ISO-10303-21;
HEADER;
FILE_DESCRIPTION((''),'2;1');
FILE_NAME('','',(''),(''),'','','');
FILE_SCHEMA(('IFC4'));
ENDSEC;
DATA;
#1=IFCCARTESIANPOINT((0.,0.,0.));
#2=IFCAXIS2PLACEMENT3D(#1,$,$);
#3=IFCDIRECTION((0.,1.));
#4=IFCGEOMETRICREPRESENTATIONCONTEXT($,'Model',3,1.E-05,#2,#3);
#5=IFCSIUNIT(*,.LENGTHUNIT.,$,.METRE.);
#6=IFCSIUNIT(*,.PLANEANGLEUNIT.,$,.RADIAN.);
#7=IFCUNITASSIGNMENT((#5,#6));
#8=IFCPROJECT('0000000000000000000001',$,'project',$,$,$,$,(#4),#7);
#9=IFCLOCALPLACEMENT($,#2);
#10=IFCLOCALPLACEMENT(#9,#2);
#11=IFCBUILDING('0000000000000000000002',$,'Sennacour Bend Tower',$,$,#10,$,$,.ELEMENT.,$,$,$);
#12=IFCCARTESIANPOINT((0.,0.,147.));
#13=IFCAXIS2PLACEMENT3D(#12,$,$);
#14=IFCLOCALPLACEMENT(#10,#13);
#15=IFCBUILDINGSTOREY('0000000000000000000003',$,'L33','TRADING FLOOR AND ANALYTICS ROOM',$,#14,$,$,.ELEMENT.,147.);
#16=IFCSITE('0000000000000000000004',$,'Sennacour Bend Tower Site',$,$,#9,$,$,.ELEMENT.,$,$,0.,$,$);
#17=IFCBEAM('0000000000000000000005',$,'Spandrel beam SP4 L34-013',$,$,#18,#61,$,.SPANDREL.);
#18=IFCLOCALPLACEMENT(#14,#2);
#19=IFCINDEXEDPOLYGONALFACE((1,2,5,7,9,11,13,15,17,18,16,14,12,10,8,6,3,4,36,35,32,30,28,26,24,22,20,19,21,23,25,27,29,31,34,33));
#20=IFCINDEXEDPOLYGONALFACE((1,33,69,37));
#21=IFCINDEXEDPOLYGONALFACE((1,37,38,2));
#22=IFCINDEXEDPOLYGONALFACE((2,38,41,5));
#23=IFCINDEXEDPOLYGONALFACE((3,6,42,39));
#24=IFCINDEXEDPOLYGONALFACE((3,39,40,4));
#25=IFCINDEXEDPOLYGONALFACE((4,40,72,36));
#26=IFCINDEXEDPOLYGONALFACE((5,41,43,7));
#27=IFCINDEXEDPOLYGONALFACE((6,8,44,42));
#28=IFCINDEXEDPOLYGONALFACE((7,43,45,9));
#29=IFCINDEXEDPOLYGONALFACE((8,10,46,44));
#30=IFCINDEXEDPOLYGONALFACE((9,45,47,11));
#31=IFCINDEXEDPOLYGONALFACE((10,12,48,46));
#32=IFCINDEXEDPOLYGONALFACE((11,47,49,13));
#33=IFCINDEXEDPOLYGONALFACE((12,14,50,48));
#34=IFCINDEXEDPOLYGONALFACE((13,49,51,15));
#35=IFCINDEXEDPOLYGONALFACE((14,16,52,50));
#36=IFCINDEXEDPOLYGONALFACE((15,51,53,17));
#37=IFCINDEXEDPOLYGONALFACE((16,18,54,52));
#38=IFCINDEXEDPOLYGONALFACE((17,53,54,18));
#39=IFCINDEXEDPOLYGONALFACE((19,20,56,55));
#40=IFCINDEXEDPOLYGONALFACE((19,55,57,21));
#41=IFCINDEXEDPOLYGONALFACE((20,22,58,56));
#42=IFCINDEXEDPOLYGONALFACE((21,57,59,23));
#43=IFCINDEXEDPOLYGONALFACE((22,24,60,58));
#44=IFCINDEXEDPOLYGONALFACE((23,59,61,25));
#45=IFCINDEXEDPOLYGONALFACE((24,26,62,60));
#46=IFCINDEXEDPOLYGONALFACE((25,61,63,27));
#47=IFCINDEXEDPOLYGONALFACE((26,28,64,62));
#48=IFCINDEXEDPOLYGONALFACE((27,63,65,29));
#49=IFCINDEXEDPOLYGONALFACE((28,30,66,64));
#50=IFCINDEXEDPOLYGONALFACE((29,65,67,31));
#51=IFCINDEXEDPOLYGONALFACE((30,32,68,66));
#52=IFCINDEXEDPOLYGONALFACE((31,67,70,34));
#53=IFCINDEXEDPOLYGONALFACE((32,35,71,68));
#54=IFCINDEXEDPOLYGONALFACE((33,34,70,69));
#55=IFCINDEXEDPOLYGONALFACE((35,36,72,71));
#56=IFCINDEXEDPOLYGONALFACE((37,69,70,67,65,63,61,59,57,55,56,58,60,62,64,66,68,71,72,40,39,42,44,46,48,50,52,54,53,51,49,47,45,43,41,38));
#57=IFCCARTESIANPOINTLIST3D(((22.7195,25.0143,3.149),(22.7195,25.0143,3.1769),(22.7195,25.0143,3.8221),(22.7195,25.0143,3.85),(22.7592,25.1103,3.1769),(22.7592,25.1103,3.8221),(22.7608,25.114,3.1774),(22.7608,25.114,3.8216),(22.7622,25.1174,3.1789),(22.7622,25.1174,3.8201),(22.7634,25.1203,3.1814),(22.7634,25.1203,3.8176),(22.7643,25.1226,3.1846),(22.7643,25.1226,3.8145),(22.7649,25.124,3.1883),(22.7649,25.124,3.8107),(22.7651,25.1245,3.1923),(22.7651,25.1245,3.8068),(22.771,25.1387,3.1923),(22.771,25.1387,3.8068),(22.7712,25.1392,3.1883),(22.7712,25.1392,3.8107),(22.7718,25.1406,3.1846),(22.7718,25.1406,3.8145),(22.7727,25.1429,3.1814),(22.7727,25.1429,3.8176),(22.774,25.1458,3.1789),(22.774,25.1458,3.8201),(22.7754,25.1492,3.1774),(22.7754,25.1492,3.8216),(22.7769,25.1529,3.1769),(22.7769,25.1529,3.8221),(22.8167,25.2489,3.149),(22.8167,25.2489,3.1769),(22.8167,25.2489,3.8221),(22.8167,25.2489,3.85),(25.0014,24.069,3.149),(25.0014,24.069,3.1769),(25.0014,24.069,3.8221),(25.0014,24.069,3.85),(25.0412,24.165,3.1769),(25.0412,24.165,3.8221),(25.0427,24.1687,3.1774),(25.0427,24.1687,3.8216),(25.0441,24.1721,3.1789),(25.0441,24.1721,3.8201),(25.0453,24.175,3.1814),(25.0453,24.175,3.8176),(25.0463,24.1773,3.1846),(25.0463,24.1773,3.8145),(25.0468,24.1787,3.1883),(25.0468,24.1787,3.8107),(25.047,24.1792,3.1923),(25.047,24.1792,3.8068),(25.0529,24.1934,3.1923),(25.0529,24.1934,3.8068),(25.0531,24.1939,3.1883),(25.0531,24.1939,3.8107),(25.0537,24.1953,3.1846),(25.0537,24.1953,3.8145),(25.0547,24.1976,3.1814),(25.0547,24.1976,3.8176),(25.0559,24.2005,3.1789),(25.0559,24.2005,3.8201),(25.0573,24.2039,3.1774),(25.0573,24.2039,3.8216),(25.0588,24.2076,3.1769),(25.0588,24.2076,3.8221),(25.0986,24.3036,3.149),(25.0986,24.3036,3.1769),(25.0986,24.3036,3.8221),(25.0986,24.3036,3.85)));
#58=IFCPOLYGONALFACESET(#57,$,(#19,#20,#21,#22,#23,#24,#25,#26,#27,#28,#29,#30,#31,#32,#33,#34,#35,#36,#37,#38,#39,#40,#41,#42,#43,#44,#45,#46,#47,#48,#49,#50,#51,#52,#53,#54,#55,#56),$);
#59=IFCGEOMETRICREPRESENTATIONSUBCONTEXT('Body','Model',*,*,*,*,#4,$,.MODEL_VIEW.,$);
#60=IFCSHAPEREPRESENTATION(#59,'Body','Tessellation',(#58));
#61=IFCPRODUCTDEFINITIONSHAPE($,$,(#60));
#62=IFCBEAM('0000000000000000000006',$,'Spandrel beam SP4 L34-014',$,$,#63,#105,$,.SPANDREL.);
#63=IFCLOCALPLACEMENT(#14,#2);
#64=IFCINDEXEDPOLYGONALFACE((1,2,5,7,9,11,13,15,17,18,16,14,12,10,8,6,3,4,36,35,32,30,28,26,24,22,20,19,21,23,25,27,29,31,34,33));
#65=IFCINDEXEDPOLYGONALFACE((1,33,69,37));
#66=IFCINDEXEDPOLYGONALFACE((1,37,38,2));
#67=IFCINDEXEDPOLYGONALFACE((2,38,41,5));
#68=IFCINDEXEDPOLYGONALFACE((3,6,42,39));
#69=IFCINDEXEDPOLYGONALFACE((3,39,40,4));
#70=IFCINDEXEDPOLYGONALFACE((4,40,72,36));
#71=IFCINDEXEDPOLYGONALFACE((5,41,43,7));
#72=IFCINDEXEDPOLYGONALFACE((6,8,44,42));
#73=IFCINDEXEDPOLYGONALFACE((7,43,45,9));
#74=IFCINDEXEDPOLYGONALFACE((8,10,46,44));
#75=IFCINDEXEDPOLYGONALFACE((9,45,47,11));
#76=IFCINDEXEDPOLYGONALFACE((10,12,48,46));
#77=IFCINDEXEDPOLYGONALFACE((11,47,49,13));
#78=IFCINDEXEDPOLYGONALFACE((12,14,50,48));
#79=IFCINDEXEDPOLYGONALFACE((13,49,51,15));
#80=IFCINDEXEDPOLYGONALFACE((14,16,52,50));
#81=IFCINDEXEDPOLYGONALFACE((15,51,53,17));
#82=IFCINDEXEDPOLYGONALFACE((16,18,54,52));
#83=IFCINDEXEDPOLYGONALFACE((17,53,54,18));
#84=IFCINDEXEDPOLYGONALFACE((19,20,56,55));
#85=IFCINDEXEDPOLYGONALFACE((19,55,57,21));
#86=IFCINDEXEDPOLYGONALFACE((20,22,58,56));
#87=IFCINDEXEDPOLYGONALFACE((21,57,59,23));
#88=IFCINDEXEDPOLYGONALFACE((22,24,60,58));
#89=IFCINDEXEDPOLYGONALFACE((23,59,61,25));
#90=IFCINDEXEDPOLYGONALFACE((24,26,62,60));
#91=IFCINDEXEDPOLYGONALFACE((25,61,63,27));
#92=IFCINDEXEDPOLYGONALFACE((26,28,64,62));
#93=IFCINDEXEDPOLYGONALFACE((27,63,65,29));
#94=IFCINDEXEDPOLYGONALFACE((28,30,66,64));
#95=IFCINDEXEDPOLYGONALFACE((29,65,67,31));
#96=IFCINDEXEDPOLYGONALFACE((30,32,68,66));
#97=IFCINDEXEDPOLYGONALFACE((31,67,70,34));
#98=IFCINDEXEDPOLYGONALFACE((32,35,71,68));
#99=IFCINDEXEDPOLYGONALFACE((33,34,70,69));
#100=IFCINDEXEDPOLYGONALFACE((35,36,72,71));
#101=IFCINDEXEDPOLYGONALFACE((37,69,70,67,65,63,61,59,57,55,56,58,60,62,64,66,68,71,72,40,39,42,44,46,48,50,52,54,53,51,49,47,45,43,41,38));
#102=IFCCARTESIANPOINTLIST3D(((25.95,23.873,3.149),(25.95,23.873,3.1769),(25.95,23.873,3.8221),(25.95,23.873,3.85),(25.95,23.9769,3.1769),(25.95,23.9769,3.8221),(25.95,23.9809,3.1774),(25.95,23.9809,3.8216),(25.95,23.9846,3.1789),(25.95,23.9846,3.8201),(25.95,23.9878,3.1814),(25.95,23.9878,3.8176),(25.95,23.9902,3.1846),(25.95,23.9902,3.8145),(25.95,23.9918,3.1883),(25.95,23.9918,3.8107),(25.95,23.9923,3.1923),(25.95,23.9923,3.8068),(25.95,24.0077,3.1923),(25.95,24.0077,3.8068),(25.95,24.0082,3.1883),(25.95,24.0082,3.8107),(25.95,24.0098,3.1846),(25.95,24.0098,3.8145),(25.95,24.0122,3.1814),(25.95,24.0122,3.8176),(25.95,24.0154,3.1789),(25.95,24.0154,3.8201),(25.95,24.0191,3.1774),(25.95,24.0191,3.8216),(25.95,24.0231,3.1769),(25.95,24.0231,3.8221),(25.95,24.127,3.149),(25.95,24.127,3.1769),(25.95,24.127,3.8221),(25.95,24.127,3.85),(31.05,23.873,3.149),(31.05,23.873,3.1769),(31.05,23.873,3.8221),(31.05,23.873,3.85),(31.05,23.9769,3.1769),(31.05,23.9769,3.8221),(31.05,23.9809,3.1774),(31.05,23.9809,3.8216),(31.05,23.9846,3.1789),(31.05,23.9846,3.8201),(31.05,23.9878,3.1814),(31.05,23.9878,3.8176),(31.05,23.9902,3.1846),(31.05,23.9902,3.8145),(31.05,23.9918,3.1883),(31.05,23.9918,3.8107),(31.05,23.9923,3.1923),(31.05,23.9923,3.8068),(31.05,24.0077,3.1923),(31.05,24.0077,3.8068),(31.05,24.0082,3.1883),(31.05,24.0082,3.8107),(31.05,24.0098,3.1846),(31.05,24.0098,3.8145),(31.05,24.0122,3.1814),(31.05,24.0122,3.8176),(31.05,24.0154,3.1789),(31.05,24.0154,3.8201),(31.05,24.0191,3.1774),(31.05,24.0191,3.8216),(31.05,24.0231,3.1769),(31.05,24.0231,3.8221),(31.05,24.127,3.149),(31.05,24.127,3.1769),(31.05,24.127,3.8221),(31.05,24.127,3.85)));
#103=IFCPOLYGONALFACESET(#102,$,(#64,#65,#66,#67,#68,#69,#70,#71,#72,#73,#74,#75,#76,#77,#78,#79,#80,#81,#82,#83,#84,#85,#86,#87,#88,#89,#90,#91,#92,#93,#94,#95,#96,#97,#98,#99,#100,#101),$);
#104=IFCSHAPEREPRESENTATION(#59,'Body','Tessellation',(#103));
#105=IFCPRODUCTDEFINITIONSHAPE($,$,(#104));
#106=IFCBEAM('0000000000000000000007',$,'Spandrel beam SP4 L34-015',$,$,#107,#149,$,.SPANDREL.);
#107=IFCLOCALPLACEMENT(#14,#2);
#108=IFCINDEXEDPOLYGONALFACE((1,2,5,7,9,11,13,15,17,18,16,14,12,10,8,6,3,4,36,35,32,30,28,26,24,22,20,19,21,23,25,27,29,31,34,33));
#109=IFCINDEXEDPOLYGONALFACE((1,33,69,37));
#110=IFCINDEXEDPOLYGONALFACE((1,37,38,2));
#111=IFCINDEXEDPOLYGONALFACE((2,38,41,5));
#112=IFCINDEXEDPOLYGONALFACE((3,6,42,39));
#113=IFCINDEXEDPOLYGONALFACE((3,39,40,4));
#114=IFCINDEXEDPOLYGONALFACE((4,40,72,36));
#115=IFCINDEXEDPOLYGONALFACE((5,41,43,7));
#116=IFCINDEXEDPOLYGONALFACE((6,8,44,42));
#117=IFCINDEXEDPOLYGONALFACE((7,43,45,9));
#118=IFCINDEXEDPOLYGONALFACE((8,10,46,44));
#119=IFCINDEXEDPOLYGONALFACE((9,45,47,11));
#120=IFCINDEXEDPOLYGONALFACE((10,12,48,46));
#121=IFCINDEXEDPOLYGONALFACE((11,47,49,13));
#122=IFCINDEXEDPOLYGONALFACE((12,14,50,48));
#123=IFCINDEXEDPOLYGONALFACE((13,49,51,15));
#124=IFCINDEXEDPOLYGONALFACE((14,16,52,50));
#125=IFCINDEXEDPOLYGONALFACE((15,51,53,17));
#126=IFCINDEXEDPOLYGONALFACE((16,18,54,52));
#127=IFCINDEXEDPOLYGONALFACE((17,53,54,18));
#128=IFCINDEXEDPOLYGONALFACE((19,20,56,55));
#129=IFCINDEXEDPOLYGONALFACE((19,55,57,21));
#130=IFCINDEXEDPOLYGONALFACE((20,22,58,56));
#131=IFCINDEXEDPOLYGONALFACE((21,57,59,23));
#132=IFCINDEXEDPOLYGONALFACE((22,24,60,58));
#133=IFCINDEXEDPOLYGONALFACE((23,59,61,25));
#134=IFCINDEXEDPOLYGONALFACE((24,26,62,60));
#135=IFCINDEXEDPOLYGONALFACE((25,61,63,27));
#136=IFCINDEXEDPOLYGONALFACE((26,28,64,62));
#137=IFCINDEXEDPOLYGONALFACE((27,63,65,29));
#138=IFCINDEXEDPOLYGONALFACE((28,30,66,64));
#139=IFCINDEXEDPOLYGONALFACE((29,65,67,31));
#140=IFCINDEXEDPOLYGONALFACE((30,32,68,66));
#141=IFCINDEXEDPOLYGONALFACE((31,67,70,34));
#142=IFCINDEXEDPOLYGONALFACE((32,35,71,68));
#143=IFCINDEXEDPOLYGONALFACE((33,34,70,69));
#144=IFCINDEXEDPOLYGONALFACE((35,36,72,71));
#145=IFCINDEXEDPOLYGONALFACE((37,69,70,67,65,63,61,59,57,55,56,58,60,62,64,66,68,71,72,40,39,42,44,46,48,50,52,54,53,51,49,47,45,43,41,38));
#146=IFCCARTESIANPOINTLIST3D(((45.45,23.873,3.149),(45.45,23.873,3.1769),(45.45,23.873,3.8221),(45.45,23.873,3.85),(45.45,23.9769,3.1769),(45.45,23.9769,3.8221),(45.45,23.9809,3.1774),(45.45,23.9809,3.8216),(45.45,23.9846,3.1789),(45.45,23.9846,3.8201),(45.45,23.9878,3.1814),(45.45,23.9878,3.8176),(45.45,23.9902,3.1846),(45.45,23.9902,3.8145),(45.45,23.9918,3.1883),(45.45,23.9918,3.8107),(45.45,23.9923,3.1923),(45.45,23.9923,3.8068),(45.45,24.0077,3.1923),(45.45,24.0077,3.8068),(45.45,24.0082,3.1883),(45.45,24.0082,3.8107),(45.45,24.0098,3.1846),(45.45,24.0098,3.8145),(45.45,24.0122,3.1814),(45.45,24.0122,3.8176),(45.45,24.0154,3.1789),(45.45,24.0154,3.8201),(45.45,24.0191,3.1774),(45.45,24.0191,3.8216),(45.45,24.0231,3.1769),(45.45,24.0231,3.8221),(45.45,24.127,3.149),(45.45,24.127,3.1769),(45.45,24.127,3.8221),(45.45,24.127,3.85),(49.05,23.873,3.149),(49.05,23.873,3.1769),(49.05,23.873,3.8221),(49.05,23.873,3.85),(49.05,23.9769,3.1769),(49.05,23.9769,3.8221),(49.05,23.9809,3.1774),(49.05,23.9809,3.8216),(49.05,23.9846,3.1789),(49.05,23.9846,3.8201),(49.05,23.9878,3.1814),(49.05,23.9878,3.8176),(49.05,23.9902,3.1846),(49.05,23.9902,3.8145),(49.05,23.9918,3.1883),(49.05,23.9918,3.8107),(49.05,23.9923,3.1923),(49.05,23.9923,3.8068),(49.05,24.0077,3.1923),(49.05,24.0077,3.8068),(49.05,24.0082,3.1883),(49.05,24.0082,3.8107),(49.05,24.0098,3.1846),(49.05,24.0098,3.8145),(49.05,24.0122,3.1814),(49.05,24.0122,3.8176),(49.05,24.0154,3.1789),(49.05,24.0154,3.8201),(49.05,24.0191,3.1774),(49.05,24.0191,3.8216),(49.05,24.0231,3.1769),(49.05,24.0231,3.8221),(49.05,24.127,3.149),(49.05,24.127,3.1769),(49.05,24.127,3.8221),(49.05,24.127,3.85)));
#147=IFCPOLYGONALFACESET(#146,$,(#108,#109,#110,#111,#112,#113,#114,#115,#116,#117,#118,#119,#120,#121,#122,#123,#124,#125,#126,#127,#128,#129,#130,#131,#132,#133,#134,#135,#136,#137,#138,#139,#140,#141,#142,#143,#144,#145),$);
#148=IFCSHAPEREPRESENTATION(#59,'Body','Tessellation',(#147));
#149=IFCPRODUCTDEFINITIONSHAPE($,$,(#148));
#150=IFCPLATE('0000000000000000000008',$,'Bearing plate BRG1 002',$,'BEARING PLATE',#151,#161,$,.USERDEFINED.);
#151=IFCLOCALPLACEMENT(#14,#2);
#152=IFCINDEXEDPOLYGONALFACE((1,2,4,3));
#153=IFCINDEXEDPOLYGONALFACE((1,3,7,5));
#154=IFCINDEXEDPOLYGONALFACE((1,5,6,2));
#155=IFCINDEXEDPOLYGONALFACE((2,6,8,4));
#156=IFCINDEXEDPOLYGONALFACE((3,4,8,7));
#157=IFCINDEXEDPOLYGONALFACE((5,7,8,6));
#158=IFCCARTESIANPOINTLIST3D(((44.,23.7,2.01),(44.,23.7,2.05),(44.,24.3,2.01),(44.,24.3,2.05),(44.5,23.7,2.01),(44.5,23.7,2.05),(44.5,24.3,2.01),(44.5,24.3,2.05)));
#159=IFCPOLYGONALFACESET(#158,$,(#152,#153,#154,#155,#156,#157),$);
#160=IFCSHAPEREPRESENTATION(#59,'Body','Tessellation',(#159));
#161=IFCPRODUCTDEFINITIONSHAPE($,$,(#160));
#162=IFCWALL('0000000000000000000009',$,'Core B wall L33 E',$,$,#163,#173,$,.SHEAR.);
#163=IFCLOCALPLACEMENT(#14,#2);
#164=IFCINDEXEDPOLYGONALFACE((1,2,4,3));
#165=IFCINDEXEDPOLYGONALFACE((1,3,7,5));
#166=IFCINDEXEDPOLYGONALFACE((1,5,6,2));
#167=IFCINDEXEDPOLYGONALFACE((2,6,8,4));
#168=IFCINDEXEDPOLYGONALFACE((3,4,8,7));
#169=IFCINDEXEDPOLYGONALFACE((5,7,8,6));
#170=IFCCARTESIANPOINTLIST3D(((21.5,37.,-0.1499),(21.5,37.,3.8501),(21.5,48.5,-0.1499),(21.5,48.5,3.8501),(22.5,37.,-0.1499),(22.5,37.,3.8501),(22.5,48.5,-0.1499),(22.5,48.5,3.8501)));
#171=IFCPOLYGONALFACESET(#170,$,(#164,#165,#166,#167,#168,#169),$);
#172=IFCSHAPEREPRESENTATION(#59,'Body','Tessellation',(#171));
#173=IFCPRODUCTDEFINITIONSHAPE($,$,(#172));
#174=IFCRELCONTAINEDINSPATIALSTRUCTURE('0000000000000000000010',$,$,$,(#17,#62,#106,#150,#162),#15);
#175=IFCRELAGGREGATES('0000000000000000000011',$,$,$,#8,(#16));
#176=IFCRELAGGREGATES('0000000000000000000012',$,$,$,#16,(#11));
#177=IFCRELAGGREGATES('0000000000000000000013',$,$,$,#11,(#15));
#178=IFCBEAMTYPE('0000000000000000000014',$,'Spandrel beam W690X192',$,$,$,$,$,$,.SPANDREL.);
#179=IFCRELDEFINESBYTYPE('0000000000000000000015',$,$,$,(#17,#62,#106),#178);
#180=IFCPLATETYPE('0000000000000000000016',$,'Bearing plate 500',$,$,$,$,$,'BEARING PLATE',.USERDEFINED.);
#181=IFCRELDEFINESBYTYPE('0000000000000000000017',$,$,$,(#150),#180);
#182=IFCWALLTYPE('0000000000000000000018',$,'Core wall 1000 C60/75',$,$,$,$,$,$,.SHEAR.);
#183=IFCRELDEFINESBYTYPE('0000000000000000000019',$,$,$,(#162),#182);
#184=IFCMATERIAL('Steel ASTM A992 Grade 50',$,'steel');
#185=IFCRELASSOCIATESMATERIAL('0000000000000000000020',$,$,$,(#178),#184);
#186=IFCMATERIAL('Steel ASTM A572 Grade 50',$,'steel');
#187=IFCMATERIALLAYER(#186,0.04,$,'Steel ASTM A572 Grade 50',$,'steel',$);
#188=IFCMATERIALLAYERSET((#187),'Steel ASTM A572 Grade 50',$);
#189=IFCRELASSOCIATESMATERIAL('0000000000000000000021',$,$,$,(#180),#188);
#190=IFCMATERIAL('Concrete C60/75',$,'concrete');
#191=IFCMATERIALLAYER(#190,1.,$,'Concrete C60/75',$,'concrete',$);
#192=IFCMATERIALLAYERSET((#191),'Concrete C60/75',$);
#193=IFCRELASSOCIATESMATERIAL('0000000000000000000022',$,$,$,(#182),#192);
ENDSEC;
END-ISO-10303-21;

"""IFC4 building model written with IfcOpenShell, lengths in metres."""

from ifc_helpers import new_model, si_unit, direction, frame, frame_2d, origin, origin_2d, place, context, subcontext, project, spatial, rectangle, i_section, extrude, material, layer, layer_set, material_profile, profile_set, type_object, element, save


model = new_model("IFC4")

# Units and contexts
model_context = context("Model", 3, precision=1e-05, world=origin(), true_north=direction((0.0, 1.0)))
body_context = subcontext(model_context, "Body", "Model", "MODEL_VIEW")
ifc_project = project(units=[si_unit("LENGTHUNIT", "METRE"), si_unit("PLANEANGLEUNIT", "RADIAN")], contexts=[model_context])

# Site, building, storey
site_placement = place(None, origin())
site = spatial("IfcSite", under=ifc_project, at=site_placement, Name="Sennacour Bend Tower Site", CompositionType="ELEMENT", RefElevation=0.0)
building_placement = place(site_placement, origin())
building = spatial("IfcBuilding", under=site, at=building_placement, Name="Sennacour Bend Tower", CompositionType="ELEMENT")
storey_placement = place(building_placement, frame((0.0, 0.0, 147.0)))
storey = spatial("IfcBuildingStorey", under=building, at=storey_placement, Name="L33", Description="TRADING FLOOR AND ANALYTICS ROOM", CompositionType="ELEMENT", Elevation=147.0)

# Shared definitions
ifc_material_1 = material(Name="Steel ASTM A572 Grade 50", Category="steel")

# Shared definitions
ifc_material_2 = material(Name="Steel ASTM A992 Grade 50", Category="steel")

# Beams
ifc_material_profile_1 = material_profile(ifc_material_2, i_section(OverallWidth=0.2539, OverallDepth=0.7009, WebThickness=0.0154, FlangeThickness=0.0278, FilletRadius=0.0154, at=origin_2d()), Name="Steel ASTM A992 Grade 50", Category="steel")
ifc_profile_set_1 = profile_set([ifc_material_profile_1], Name="Steel ASTM A992 Grade 50")
beam_type_1 = type_object("IfcBeamType", Name="Spandrel beam W690X192", PredefinedType="SPANDREL", material=ifc_profile_set_1)
for number, where, z_axis, x_axis, name in (
    (1, (22.7681, 25.1316, 3.4995), (0.923867, -0.382713, 0.0), (0.382713, 0.923867, 0.0), "Spandrel beam SP4 L34-013"),
):
    element("IfcBeam", number, at=place(storey_placement, frame(where, z_axis=z_axis, x_axis=x_axis)), inside=storey, type_object=beam_type_1, Name=name, PredefinedType="SPANDREL", context=body_context, shape_type="SweptSolid", body=[
        extrude(i_section(OverallWidth=0.2539, OverallDepth=0.7009, WebThickness=0.0154, FlangeThickness=0.0278, FilletRadius=0.0154, at=origin_2d()), origin(), (0.0, 0.0, 1.0), 2.47),
    ])
beam_1_placement = place(storey_placement, frame((25.95, 24.0, 3.4995), z_axis=(1.0, 0.0, 0.0), x_axis=(0.0, 1.0, 0.0)))
element("IfcBeam", 2, at=beam_1_placement, inside=storey, type_object=beam_type_1, Name="Spandrel beam SP4 L34-014", PredefinedType="SPANDREL", context=body_context, shape_type="SweptSolid", body=[
    extrude(i_section(OverallWidth=0.2539, OverallDepth=0.7009, WebThickness=0.0154, FlangeThickness=0.0278, FilletRadius=0.0154, at=origin_2d()), origin(), (0.0, 0.0, 1.0), 5.1001),
])
beam_2_placement = place(storey_placement, frame((45.45, 24.0, 3.4995), z_axis=(1.0, 0.0, 0.0), x_axis=(0.0, 1.0, 0.0)))
element("IfcBeam", 3, at=beam_2_placement, inside=storey, type_object=beam_type_1, Name="Spandrel beam SP4 L34-015", PredefinedType="SPANDREL", context=body_context, shape_type="SweptSolid", body=[
    extrude(i_section(OverallWidth=0.2539, OverallDepth=0.7009, WebThickness=0.0154, FlangeThickness=0.0278, FilletRadius=0.0154, at=origin_2d()), origin(), (0.0, 0.0, 1.0), 3.6001),
])

# Plate
ifc_layer_1 = layer(ifc_material_1, 0.04, Name="Steel ASTM A572 Grade 50", Category="steel")
ifc_layer_set_1 = layer_set([ifc_layer_1], Name="Steel ASTM A572 Grade 50")
plate_type = type_object("IfcPlateType", Name="Bearing plate 500", ElementType="BEARING PLATE", PredefinedType="USERDEFINED", material=ifc_layer_set_1)
plate_placement = place(storey_placement, frame((44.25, 24.0, 2.01), z_axis=(0.0, 0.0, 1.0), x_axis=(1.0, 0.0, 0.0)))
element("IfcPlate", 4, at=plate_placement, inside=storey, type_object=plate_type, Name="Bearing plate BRG1 002", ObjectType="BEARING PLATE", PredefinedType="USERDEFINED", context=body_context, shape_type="SweptSolid", body=[
    extrude(rectangle(XDim=0.5, YDim=0.6001, at=origin_2d()), origin(), (0.0, 0.0, 1.0), 0.04),
])

# Wall
ifc_material_3 = material(Name="Concrete C60/75", Category="concrete")
ifc_layer_2 = layer(ifc_material_3, 1.0, Name="Concrete C60/75", Category="concrete")
ifc_layer_set_2 = layer_set([ifc_layer_2], Name="Concrete C60/75")
wall_type_1 = type_object("IfcWallType", Name="Core wall 1000 C60/75", PredefinedType="SHEAR", material=ifc_layer_set_2)
wall_1_placement = place(storey_placement, frame((22.0, 37.0, -0.1499), z_axis=(0.0, 0.0, 1.0), x_axis=(0.0, 1.0, 0.0)))
element("IfcWall", 5, at=wall_1_placement, inside=storey, type_object=wall_type_1, Name="Core B wall L33 E", PredefinedType="SHEAR", context=body_context, shape_type="SweptSolid", body=[
    extrude(rectangle(XDim=11.5, YDim=1.0, at=frame_2d((5.75, 0.0))), origin(), (0.0, 0.0, 1.0), 4.0),
])

save(model, "model.ifc")
